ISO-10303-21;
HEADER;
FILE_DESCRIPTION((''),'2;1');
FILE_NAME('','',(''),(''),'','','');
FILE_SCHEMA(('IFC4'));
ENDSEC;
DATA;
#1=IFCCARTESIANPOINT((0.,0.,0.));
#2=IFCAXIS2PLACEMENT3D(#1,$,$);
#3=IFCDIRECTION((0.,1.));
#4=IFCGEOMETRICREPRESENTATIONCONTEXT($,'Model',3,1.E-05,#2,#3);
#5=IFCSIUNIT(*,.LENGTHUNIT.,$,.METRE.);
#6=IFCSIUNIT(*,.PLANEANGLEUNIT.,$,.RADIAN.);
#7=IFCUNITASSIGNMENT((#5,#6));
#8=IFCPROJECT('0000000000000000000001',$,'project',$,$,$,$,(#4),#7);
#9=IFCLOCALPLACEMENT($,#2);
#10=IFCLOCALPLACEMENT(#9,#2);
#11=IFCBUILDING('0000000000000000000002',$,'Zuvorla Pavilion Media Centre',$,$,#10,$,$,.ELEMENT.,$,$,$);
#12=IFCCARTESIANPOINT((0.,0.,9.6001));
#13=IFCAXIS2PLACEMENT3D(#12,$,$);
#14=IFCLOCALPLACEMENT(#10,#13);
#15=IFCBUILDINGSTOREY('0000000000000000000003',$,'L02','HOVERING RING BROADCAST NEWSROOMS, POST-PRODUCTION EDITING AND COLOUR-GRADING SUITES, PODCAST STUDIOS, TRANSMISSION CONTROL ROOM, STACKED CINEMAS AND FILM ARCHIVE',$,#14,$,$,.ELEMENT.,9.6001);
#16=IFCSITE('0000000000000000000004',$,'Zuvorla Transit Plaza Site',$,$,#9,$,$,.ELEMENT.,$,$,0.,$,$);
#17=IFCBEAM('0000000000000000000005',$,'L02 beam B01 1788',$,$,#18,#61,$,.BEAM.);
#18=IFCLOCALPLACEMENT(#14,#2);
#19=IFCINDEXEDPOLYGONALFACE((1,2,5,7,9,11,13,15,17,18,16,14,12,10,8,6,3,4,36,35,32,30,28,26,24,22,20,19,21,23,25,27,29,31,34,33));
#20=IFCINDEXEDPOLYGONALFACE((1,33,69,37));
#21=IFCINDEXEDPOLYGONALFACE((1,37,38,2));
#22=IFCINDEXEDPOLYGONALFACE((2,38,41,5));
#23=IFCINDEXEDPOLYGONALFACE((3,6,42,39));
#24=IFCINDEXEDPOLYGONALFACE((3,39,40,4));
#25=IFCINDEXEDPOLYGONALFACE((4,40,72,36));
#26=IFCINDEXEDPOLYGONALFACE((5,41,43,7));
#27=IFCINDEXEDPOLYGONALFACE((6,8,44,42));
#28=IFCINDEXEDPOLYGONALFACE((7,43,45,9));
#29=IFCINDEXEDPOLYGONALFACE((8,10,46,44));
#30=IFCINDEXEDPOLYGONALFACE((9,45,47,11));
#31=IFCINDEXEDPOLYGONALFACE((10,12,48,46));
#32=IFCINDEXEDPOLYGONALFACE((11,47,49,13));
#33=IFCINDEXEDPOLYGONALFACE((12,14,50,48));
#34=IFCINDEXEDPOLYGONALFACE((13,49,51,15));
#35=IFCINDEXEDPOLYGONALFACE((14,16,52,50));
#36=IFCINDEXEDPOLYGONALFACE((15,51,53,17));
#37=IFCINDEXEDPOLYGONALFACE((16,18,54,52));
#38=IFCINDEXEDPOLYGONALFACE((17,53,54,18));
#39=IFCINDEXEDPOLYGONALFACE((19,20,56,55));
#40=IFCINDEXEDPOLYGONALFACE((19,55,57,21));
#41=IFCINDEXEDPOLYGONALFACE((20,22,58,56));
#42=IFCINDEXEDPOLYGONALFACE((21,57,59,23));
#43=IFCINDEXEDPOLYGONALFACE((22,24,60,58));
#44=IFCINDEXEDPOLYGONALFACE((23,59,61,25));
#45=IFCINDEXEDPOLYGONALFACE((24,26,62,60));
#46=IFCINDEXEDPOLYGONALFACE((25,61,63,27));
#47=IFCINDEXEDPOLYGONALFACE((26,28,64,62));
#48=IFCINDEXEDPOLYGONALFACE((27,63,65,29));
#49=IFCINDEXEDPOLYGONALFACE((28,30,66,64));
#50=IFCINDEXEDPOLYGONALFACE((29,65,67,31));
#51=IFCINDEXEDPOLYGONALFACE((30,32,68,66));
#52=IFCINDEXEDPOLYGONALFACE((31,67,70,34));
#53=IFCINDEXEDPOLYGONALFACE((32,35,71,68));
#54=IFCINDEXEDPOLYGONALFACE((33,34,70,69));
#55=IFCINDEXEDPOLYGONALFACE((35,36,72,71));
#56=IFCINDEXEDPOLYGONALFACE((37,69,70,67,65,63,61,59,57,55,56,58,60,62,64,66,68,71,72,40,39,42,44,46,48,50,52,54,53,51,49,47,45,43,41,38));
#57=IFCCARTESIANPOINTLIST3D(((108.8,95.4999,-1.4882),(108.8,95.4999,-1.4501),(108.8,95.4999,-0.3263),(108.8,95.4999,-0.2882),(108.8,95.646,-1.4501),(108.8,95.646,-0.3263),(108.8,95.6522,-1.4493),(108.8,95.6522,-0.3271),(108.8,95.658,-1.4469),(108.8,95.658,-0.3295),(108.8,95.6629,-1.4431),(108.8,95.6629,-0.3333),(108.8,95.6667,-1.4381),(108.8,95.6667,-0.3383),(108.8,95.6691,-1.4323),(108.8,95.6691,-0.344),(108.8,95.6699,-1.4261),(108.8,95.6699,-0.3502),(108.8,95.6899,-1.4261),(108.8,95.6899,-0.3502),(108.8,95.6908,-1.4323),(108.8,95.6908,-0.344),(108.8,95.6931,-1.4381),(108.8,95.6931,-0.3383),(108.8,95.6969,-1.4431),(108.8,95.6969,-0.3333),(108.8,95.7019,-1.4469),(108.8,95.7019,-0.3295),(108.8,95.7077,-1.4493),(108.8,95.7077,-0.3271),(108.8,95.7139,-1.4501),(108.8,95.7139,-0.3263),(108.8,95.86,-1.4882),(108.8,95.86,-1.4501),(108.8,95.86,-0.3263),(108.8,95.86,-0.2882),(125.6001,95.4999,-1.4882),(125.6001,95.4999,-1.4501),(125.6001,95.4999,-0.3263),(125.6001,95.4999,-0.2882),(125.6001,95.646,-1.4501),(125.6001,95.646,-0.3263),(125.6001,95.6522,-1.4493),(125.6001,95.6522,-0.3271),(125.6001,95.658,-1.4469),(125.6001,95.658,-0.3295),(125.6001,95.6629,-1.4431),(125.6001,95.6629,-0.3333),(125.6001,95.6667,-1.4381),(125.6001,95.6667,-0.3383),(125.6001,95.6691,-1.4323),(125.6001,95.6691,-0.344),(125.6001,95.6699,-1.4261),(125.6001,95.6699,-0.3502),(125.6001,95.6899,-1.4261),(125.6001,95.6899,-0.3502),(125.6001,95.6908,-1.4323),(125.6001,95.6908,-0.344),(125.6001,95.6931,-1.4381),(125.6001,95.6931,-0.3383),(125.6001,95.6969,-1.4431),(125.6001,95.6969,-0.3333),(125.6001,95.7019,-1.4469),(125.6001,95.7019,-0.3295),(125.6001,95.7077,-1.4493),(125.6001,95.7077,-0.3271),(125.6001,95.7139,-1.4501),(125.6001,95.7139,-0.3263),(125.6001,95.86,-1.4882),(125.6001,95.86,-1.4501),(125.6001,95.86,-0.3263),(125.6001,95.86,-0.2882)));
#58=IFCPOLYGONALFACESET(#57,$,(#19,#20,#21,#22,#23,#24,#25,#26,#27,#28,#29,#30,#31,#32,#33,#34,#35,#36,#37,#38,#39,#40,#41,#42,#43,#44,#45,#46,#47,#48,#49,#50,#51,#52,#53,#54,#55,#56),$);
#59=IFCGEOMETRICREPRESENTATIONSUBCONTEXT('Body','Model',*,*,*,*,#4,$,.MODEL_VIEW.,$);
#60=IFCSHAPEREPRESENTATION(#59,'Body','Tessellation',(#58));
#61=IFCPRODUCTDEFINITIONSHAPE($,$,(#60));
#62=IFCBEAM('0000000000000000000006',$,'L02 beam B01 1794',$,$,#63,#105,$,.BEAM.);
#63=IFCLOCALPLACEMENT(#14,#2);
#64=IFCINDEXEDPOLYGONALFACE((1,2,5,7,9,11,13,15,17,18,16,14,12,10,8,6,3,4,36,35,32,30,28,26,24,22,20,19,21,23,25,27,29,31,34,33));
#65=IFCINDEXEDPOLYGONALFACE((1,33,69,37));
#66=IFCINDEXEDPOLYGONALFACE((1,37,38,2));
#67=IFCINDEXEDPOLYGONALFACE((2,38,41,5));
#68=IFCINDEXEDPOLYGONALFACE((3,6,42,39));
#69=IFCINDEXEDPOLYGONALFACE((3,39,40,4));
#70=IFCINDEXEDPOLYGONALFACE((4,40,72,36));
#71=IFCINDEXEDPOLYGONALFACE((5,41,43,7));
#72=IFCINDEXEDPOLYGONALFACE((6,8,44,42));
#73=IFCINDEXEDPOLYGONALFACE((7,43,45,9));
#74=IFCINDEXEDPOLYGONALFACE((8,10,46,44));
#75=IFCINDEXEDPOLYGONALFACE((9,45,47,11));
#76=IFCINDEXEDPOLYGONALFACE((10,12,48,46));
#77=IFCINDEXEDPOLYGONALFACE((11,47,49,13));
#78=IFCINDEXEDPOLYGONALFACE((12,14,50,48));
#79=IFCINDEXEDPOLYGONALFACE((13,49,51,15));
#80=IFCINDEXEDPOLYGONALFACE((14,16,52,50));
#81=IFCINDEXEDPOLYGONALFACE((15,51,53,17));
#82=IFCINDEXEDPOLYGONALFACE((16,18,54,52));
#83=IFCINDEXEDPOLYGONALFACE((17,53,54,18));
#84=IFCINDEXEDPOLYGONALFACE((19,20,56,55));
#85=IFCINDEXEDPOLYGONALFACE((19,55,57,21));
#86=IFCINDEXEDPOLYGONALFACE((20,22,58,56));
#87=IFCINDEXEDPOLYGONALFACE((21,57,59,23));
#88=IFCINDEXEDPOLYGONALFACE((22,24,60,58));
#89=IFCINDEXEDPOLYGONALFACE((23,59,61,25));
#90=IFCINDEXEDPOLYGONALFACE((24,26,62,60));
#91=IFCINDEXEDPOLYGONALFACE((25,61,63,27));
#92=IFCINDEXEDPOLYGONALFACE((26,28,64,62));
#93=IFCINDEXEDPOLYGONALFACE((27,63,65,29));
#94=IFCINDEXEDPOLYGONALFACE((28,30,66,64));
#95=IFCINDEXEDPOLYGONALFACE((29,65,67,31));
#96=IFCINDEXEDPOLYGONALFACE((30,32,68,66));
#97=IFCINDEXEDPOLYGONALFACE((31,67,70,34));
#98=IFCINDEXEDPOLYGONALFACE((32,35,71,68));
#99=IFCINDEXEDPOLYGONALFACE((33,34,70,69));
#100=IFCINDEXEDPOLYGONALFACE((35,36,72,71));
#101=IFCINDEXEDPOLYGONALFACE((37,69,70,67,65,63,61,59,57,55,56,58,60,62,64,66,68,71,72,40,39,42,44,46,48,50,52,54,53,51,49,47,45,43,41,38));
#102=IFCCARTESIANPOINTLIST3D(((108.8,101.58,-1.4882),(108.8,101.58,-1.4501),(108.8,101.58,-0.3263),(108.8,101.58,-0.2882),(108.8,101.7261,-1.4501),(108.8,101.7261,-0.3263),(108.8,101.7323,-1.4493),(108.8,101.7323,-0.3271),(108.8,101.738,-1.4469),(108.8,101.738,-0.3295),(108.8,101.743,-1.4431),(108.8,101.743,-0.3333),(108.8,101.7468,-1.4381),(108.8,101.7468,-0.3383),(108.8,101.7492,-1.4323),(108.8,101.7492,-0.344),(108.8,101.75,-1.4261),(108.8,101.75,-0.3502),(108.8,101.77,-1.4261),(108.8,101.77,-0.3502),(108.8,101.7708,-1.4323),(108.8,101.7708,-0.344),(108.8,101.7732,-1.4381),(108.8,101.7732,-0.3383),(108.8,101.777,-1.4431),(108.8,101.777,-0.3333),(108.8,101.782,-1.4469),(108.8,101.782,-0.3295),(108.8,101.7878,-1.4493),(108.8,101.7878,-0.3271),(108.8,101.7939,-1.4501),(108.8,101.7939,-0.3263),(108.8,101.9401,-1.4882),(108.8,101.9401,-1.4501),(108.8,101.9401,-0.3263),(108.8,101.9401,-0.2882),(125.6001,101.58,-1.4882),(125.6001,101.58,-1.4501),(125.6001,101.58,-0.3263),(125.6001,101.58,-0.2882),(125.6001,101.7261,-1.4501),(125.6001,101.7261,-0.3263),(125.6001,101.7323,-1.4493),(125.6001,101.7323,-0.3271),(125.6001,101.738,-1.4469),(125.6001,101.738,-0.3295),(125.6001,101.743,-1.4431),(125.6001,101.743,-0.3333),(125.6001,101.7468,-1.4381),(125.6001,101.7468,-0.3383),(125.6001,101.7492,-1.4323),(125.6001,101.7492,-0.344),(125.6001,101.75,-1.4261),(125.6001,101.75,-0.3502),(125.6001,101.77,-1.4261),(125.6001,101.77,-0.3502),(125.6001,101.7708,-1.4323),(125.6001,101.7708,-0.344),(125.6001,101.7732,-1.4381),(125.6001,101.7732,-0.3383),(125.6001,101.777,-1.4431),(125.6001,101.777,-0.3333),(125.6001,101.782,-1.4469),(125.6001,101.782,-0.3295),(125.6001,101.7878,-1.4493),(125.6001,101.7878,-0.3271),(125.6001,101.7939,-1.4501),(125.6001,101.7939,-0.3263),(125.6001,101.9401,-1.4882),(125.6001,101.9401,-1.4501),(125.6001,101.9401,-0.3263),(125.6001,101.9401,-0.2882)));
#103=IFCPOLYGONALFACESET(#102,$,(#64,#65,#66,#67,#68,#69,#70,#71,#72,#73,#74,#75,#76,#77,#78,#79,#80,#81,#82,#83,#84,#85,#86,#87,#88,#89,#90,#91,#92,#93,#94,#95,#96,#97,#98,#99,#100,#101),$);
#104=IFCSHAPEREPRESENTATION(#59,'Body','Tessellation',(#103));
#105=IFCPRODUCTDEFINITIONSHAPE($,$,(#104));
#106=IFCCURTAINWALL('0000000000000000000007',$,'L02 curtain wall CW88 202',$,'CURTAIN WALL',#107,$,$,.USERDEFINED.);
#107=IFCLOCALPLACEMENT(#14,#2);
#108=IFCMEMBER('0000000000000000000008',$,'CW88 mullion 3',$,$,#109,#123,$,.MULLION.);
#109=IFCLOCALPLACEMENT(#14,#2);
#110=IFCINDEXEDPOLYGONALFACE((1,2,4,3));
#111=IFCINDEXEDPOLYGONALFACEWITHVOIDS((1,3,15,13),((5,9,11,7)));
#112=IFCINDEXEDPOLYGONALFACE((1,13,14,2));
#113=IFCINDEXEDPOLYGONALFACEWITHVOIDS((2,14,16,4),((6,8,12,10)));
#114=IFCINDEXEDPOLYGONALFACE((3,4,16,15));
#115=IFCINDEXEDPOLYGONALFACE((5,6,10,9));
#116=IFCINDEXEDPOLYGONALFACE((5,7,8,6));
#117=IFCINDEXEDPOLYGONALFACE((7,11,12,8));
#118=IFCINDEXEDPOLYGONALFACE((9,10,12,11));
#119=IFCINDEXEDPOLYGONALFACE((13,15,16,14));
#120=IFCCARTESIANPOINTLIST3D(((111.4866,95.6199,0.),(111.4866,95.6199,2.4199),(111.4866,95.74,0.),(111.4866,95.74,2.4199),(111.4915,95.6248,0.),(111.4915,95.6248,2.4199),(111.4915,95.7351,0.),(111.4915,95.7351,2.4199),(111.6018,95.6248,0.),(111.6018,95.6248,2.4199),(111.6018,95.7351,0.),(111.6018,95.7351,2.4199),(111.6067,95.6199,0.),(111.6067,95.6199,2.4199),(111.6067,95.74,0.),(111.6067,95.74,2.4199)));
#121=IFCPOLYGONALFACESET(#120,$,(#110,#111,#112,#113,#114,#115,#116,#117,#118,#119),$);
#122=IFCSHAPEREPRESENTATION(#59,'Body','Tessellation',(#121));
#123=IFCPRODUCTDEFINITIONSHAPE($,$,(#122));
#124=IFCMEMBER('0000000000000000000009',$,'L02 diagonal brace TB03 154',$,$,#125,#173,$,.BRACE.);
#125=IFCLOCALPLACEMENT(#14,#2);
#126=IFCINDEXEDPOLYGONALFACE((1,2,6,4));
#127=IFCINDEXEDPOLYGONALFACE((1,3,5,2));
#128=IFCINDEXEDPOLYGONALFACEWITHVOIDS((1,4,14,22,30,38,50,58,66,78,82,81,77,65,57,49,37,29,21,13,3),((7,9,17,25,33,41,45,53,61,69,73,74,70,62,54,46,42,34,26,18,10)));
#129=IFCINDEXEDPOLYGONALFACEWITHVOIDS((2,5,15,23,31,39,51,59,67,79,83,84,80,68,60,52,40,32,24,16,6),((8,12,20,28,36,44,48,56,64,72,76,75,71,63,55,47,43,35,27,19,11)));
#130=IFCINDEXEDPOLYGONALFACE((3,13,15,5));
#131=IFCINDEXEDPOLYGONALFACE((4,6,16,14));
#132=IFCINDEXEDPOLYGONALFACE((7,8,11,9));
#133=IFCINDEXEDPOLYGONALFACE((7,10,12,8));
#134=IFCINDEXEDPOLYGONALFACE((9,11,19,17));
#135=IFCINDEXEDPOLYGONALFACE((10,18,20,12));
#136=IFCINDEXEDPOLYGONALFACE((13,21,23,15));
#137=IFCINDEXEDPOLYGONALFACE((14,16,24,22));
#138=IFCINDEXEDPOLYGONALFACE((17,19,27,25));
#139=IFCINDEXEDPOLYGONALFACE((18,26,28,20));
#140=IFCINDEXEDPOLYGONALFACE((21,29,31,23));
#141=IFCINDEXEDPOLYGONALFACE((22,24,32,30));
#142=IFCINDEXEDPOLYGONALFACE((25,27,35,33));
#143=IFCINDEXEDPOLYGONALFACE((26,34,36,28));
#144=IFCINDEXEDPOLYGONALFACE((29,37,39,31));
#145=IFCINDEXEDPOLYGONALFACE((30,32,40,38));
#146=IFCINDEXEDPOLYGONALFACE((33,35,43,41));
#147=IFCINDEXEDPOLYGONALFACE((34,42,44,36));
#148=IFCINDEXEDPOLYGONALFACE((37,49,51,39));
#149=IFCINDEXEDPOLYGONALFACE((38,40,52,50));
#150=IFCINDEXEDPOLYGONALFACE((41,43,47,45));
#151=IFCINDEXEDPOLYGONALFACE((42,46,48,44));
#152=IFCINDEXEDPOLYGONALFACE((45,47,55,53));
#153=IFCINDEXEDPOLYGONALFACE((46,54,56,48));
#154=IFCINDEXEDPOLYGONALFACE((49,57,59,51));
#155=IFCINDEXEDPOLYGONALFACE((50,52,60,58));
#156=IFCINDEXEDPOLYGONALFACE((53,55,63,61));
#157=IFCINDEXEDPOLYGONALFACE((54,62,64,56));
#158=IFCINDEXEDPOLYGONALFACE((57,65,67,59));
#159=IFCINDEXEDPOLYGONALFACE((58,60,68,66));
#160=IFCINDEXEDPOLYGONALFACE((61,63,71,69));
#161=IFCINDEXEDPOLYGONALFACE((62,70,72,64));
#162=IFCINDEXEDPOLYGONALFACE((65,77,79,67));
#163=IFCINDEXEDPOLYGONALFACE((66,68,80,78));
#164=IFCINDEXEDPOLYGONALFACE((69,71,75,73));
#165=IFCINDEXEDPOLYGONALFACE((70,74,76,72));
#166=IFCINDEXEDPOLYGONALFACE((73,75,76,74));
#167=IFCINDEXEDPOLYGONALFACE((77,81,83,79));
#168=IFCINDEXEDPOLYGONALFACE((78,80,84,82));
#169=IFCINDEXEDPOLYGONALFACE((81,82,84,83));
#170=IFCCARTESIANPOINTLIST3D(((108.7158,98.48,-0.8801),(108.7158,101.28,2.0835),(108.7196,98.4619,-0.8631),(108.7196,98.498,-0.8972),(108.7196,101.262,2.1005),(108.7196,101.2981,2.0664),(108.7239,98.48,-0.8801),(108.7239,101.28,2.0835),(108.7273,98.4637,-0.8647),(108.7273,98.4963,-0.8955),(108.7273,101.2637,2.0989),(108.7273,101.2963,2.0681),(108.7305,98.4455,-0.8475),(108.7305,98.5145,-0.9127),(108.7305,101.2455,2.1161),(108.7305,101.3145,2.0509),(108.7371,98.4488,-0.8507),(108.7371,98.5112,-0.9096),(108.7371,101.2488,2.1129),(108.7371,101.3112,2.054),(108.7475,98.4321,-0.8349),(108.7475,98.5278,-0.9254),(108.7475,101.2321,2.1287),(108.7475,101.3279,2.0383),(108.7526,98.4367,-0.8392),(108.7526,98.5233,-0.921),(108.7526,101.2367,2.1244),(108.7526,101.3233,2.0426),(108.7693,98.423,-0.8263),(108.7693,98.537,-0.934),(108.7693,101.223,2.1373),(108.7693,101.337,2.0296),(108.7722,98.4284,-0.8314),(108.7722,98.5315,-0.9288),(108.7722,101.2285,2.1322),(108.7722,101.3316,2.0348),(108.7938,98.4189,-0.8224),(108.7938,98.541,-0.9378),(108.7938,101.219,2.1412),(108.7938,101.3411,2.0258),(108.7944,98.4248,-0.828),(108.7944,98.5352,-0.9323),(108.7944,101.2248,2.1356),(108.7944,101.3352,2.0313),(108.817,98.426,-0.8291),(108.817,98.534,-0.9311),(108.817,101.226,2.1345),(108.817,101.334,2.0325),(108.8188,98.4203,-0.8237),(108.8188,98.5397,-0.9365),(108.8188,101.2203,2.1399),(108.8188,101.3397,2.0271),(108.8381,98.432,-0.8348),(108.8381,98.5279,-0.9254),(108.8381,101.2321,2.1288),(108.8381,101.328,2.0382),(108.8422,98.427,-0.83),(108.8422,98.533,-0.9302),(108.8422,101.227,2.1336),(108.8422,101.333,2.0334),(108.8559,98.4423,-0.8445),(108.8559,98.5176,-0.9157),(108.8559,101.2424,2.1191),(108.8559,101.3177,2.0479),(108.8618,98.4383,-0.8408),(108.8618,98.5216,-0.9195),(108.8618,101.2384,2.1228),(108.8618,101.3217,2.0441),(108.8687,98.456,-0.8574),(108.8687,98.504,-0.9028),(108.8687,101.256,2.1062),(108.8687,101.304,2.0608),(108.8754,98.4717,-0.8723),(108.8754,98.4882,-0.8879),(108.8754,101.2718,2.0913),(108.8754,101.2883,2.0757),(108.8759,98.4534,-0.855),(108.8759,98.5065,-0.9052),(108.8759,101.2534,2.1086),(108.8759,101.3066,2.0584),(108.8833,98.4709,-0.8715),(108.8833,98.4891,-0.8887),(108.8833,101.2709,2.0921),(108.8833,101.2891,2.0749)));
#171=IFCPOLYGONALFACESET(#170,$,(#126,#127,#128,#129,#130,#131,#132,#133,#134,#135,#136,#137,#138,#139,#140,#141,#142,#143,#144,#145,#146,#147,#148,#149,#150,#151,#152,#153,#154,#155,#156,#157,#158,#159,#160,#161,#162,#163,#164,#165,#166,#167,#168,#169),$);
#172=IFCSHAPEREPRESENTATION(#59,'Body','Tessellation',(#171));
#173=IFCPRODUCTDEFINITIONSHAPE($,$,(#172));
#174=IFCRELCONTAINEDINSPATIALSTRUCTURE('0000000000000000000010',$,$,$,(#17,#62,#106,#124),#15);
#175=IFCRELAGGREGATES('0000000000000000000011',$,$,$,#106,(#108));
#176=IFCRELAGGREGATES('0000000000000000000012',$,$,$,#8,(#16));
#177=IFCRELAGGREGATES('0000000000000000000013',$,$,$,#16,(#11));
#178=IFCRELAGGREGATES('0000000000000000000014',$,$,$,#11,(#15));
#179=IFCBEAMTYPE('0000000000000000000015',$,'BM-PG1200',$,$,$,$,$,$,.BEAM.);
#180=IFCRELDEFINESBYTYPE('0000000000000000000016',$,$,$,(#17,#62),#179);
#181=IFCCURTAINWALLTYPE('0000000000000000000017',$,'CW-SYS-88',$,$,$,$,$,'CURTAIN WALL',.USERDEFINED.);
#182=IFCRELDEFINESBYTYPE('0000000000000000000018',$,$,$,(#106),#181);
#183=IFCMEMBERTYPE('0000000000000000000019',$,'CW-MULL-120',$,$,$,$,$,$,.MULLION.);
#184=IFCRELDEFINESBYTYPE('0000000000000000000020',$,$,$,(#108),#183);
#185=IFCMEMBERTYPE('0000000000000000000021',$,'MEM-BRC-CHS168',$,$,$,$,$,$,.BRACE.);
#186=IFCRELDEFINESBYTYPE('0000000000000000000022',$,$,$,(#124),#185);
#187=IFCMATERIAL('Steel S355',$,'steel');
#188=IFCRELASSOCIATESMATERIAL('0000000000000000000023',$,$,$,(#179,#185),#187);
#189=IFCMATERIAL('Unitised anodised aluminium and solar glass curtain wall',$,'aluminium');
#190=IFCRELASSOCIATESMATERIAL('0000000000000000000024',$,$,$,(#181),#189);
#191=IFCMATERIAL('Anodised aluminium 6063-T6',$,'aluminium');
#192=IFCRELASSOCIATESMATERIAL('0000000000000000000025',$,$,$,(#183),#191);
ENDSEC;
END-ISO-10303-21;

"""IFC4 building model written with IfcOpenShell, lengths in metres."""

from ifc_helpers import new_model, si_unit, direction, frame, origin, origin_2d, place, context, subcontext, project, spatial, hollow_rectangle, hollow_circle, i_section, extrude, material, material_profile, profile_set, type_object, element, aggregate, save


model = new_model("IFC4")

# Units and contexts
model_context = context("Model", 3, precision=1e-05, world=origin(), true_north=direction((0.0, 1.0)))
body_context = subcontext(model_context, "Body", "Model", "MODEL_VIEW")
ifc_project = project(units=[si_unit("LENGTHUNIT", "METRE"), si_unit("PLANEANGLEUNIT", "RADIAN")], contexts=[model_context])

# Site, building, storey
site_placement = place(None, origin())
site = spatial("IfcSite", under=ifc_project, at=site_placement, Name="Zuvorla Transit Plaza Site", CompositionType="ELEMENT", RefElevation=0.0)
building_placement = place(site_placement, origin())
building = spatial("IfcBuilding", under=site, at=building_placement, Name="Zuvorla Pavilion Media Centre", CompositionType="ELEMENT")
storey_placement = place(building_placement, frame((0.0, 0.0, 9.6001)))
storey = spatial("IfcBuildingStorey", under=building, at=storey_placement, Name="L02", Description="HOVERING RING BROADCAST NEWSROOMS, POST-PRODUCTION EDITING AND COLOUR-GRADING SUITES, PODCAST STUDIOS, TRANSMISSION CONTROL ROOM, STACKED CINEMAS AND FILM ARCHIVE", CompositionType="ELEMENT", Elevation=9.6001)

# Beams
ifc_material_1 = material(Name="Steel S355", Category="steel")
ifc_material_profile_1 = material_profile(ifc_material_1, i_section(OverallWidth=0.3601, OverallDepth=1.2, WebThickness=0.02, FlangeThickness=0.0381, FilletRadius=0.0239, at=origin_2d()), Name="PG 1200x360x38")
ifc_profile_set_1 = profile_set([ifc_material_profile_1], Name="Steel S355")
beam_type = type_object("IfcBeamType", Name="BM-PG1200", PredefinedType="BEAM", material=ifc_profile_set_1)
for number, where, z_axis, x_axis, name in (
    (1, (108.8, 95.6799, -0.8882), (1.0, 0.0, 0.0), (0.0, 1.0, 0.0), "L02 beam B01 1788"),
    (2, (108.8, 101.76, -0.8882), (1.0, 0.0, 0.0), (0.0, 1.0, 0.0), "L02 beam B01 1794"),
):
    element("IfcBeam", number, at=place(storey_placement, frame(where, z_axis=z_axis, x_axis=x_axis)), inside=storey, type_object=beam_type, Name=name, PredefinedType="BEAM", context=body_context, shape_type="SweptSolid", body=[
        extrude(i_section(OverallWidth=0.3601, OverallDepth=1.2, WebThickness=0.02, FlangeThickness=0.0381, FilletRadius=0.0239, at=origin_2d()), origin(), (0.0, 0.0, 1.0), 16.8),
    ])

# Curtain wall, member
ifc_material_2 = material(Name="Unitised anodised aluminium and solar glass curtain wall", Category="aluminium")
curtain_wall_type = type_object("IfcCurtainWallType", Name="CW-SYS-88", ElementType="CURTAIN WALL", PredefinedType="USERDEFINED", material=ifc_material_2)
curtain_wall_1_placement = place(storey_placement, origin())
curtain_wall_1 = element("IfcCurtainWall", 3, at=curtain_wall_1_placement, inside=storey, type_object=curtain_wall_type, Name="L02 curtain wall CW88 202", ObjectType="CURTAIN WALL", PredefinedType="USERDEFINED")
ifc_material_3 = material(Name="Anodised aluminium 6063-T6", Category="aluminium")
ifc_material_profile_2 = material_profile(ifc_material_3, hollow_rectangle(XDim=0.1201, YDim=0.1201, WallThickness=0.0049, at=origin_2d()), Name="ALU MULL 120x120")
ifc_profile_set_2 = profile_set([ifc_material_profile_2], Name="Anodised aluminium 6063-T6")
member_type_1 = type_object("IfcMemberType", Name="CW-MULL-120", PredefinedType="MULLION", material=ifc_profile_set_2)
member_1_placement = place(storey_placement, frame((111.5466, 95.6799, 0.0), z_axis=(0.0, 0.0, 1.0), x_axis=(1.0, 0.0, 0.0)))
member_1 = element("IfcMember", 4, at=member_1_placement, type_object=member_type_1, Name="CW88 mullion 3", PredefinedType="MULLION", context=body_context, shape_type="SweptSolid", body=[
    extrude(hollow_rectangle(XDim=0.1201, YDim=0.1201, WallThickness=0.0049, at=origin_2d()), origin(), (0.0, 0.0, 1.0), 2.4199),
])

# Member
ifc_material_profile_3 = material_profile(ifc_material_1, hollow_circle(Radius=0.0842, WallThickness=0.0081, at=origin_2d()), Name="CHS 168.3x8")
ifc_profile_set_3 = profile_set([ifc_material_profile_3], Name="Steel S355")
member_type_2 = type_object("IfcMemberType", Name="MEM-BRC-CHS168", PredefinedType="BRACE", material=ifc_profile_set_3)
member_2_placement = place(storey_placement, frame((108.8, 98.48, -0.8801), z_axis=(0.0, 0.686762, 0.726882), x_axis=(-1.0, 0.0, 0.0)))
element("IfcMember", 5, at=member_2_placement, inside=storey, type_object=member_type_2, Name="L02 diagonal brace TB03 154", PredefinedType="BRACE", context=body_context, shape_type="SweptSolid", body=[
    extrude(hollow_circle(Radius=0.0842, WallThickness=0.0081, at=origin_2d()), origin(), (0.0, 0.0, 1.0), 4.0771),
])

aggregate(curtain_wall_1, [member_1])

save(model, "model.ifc")
